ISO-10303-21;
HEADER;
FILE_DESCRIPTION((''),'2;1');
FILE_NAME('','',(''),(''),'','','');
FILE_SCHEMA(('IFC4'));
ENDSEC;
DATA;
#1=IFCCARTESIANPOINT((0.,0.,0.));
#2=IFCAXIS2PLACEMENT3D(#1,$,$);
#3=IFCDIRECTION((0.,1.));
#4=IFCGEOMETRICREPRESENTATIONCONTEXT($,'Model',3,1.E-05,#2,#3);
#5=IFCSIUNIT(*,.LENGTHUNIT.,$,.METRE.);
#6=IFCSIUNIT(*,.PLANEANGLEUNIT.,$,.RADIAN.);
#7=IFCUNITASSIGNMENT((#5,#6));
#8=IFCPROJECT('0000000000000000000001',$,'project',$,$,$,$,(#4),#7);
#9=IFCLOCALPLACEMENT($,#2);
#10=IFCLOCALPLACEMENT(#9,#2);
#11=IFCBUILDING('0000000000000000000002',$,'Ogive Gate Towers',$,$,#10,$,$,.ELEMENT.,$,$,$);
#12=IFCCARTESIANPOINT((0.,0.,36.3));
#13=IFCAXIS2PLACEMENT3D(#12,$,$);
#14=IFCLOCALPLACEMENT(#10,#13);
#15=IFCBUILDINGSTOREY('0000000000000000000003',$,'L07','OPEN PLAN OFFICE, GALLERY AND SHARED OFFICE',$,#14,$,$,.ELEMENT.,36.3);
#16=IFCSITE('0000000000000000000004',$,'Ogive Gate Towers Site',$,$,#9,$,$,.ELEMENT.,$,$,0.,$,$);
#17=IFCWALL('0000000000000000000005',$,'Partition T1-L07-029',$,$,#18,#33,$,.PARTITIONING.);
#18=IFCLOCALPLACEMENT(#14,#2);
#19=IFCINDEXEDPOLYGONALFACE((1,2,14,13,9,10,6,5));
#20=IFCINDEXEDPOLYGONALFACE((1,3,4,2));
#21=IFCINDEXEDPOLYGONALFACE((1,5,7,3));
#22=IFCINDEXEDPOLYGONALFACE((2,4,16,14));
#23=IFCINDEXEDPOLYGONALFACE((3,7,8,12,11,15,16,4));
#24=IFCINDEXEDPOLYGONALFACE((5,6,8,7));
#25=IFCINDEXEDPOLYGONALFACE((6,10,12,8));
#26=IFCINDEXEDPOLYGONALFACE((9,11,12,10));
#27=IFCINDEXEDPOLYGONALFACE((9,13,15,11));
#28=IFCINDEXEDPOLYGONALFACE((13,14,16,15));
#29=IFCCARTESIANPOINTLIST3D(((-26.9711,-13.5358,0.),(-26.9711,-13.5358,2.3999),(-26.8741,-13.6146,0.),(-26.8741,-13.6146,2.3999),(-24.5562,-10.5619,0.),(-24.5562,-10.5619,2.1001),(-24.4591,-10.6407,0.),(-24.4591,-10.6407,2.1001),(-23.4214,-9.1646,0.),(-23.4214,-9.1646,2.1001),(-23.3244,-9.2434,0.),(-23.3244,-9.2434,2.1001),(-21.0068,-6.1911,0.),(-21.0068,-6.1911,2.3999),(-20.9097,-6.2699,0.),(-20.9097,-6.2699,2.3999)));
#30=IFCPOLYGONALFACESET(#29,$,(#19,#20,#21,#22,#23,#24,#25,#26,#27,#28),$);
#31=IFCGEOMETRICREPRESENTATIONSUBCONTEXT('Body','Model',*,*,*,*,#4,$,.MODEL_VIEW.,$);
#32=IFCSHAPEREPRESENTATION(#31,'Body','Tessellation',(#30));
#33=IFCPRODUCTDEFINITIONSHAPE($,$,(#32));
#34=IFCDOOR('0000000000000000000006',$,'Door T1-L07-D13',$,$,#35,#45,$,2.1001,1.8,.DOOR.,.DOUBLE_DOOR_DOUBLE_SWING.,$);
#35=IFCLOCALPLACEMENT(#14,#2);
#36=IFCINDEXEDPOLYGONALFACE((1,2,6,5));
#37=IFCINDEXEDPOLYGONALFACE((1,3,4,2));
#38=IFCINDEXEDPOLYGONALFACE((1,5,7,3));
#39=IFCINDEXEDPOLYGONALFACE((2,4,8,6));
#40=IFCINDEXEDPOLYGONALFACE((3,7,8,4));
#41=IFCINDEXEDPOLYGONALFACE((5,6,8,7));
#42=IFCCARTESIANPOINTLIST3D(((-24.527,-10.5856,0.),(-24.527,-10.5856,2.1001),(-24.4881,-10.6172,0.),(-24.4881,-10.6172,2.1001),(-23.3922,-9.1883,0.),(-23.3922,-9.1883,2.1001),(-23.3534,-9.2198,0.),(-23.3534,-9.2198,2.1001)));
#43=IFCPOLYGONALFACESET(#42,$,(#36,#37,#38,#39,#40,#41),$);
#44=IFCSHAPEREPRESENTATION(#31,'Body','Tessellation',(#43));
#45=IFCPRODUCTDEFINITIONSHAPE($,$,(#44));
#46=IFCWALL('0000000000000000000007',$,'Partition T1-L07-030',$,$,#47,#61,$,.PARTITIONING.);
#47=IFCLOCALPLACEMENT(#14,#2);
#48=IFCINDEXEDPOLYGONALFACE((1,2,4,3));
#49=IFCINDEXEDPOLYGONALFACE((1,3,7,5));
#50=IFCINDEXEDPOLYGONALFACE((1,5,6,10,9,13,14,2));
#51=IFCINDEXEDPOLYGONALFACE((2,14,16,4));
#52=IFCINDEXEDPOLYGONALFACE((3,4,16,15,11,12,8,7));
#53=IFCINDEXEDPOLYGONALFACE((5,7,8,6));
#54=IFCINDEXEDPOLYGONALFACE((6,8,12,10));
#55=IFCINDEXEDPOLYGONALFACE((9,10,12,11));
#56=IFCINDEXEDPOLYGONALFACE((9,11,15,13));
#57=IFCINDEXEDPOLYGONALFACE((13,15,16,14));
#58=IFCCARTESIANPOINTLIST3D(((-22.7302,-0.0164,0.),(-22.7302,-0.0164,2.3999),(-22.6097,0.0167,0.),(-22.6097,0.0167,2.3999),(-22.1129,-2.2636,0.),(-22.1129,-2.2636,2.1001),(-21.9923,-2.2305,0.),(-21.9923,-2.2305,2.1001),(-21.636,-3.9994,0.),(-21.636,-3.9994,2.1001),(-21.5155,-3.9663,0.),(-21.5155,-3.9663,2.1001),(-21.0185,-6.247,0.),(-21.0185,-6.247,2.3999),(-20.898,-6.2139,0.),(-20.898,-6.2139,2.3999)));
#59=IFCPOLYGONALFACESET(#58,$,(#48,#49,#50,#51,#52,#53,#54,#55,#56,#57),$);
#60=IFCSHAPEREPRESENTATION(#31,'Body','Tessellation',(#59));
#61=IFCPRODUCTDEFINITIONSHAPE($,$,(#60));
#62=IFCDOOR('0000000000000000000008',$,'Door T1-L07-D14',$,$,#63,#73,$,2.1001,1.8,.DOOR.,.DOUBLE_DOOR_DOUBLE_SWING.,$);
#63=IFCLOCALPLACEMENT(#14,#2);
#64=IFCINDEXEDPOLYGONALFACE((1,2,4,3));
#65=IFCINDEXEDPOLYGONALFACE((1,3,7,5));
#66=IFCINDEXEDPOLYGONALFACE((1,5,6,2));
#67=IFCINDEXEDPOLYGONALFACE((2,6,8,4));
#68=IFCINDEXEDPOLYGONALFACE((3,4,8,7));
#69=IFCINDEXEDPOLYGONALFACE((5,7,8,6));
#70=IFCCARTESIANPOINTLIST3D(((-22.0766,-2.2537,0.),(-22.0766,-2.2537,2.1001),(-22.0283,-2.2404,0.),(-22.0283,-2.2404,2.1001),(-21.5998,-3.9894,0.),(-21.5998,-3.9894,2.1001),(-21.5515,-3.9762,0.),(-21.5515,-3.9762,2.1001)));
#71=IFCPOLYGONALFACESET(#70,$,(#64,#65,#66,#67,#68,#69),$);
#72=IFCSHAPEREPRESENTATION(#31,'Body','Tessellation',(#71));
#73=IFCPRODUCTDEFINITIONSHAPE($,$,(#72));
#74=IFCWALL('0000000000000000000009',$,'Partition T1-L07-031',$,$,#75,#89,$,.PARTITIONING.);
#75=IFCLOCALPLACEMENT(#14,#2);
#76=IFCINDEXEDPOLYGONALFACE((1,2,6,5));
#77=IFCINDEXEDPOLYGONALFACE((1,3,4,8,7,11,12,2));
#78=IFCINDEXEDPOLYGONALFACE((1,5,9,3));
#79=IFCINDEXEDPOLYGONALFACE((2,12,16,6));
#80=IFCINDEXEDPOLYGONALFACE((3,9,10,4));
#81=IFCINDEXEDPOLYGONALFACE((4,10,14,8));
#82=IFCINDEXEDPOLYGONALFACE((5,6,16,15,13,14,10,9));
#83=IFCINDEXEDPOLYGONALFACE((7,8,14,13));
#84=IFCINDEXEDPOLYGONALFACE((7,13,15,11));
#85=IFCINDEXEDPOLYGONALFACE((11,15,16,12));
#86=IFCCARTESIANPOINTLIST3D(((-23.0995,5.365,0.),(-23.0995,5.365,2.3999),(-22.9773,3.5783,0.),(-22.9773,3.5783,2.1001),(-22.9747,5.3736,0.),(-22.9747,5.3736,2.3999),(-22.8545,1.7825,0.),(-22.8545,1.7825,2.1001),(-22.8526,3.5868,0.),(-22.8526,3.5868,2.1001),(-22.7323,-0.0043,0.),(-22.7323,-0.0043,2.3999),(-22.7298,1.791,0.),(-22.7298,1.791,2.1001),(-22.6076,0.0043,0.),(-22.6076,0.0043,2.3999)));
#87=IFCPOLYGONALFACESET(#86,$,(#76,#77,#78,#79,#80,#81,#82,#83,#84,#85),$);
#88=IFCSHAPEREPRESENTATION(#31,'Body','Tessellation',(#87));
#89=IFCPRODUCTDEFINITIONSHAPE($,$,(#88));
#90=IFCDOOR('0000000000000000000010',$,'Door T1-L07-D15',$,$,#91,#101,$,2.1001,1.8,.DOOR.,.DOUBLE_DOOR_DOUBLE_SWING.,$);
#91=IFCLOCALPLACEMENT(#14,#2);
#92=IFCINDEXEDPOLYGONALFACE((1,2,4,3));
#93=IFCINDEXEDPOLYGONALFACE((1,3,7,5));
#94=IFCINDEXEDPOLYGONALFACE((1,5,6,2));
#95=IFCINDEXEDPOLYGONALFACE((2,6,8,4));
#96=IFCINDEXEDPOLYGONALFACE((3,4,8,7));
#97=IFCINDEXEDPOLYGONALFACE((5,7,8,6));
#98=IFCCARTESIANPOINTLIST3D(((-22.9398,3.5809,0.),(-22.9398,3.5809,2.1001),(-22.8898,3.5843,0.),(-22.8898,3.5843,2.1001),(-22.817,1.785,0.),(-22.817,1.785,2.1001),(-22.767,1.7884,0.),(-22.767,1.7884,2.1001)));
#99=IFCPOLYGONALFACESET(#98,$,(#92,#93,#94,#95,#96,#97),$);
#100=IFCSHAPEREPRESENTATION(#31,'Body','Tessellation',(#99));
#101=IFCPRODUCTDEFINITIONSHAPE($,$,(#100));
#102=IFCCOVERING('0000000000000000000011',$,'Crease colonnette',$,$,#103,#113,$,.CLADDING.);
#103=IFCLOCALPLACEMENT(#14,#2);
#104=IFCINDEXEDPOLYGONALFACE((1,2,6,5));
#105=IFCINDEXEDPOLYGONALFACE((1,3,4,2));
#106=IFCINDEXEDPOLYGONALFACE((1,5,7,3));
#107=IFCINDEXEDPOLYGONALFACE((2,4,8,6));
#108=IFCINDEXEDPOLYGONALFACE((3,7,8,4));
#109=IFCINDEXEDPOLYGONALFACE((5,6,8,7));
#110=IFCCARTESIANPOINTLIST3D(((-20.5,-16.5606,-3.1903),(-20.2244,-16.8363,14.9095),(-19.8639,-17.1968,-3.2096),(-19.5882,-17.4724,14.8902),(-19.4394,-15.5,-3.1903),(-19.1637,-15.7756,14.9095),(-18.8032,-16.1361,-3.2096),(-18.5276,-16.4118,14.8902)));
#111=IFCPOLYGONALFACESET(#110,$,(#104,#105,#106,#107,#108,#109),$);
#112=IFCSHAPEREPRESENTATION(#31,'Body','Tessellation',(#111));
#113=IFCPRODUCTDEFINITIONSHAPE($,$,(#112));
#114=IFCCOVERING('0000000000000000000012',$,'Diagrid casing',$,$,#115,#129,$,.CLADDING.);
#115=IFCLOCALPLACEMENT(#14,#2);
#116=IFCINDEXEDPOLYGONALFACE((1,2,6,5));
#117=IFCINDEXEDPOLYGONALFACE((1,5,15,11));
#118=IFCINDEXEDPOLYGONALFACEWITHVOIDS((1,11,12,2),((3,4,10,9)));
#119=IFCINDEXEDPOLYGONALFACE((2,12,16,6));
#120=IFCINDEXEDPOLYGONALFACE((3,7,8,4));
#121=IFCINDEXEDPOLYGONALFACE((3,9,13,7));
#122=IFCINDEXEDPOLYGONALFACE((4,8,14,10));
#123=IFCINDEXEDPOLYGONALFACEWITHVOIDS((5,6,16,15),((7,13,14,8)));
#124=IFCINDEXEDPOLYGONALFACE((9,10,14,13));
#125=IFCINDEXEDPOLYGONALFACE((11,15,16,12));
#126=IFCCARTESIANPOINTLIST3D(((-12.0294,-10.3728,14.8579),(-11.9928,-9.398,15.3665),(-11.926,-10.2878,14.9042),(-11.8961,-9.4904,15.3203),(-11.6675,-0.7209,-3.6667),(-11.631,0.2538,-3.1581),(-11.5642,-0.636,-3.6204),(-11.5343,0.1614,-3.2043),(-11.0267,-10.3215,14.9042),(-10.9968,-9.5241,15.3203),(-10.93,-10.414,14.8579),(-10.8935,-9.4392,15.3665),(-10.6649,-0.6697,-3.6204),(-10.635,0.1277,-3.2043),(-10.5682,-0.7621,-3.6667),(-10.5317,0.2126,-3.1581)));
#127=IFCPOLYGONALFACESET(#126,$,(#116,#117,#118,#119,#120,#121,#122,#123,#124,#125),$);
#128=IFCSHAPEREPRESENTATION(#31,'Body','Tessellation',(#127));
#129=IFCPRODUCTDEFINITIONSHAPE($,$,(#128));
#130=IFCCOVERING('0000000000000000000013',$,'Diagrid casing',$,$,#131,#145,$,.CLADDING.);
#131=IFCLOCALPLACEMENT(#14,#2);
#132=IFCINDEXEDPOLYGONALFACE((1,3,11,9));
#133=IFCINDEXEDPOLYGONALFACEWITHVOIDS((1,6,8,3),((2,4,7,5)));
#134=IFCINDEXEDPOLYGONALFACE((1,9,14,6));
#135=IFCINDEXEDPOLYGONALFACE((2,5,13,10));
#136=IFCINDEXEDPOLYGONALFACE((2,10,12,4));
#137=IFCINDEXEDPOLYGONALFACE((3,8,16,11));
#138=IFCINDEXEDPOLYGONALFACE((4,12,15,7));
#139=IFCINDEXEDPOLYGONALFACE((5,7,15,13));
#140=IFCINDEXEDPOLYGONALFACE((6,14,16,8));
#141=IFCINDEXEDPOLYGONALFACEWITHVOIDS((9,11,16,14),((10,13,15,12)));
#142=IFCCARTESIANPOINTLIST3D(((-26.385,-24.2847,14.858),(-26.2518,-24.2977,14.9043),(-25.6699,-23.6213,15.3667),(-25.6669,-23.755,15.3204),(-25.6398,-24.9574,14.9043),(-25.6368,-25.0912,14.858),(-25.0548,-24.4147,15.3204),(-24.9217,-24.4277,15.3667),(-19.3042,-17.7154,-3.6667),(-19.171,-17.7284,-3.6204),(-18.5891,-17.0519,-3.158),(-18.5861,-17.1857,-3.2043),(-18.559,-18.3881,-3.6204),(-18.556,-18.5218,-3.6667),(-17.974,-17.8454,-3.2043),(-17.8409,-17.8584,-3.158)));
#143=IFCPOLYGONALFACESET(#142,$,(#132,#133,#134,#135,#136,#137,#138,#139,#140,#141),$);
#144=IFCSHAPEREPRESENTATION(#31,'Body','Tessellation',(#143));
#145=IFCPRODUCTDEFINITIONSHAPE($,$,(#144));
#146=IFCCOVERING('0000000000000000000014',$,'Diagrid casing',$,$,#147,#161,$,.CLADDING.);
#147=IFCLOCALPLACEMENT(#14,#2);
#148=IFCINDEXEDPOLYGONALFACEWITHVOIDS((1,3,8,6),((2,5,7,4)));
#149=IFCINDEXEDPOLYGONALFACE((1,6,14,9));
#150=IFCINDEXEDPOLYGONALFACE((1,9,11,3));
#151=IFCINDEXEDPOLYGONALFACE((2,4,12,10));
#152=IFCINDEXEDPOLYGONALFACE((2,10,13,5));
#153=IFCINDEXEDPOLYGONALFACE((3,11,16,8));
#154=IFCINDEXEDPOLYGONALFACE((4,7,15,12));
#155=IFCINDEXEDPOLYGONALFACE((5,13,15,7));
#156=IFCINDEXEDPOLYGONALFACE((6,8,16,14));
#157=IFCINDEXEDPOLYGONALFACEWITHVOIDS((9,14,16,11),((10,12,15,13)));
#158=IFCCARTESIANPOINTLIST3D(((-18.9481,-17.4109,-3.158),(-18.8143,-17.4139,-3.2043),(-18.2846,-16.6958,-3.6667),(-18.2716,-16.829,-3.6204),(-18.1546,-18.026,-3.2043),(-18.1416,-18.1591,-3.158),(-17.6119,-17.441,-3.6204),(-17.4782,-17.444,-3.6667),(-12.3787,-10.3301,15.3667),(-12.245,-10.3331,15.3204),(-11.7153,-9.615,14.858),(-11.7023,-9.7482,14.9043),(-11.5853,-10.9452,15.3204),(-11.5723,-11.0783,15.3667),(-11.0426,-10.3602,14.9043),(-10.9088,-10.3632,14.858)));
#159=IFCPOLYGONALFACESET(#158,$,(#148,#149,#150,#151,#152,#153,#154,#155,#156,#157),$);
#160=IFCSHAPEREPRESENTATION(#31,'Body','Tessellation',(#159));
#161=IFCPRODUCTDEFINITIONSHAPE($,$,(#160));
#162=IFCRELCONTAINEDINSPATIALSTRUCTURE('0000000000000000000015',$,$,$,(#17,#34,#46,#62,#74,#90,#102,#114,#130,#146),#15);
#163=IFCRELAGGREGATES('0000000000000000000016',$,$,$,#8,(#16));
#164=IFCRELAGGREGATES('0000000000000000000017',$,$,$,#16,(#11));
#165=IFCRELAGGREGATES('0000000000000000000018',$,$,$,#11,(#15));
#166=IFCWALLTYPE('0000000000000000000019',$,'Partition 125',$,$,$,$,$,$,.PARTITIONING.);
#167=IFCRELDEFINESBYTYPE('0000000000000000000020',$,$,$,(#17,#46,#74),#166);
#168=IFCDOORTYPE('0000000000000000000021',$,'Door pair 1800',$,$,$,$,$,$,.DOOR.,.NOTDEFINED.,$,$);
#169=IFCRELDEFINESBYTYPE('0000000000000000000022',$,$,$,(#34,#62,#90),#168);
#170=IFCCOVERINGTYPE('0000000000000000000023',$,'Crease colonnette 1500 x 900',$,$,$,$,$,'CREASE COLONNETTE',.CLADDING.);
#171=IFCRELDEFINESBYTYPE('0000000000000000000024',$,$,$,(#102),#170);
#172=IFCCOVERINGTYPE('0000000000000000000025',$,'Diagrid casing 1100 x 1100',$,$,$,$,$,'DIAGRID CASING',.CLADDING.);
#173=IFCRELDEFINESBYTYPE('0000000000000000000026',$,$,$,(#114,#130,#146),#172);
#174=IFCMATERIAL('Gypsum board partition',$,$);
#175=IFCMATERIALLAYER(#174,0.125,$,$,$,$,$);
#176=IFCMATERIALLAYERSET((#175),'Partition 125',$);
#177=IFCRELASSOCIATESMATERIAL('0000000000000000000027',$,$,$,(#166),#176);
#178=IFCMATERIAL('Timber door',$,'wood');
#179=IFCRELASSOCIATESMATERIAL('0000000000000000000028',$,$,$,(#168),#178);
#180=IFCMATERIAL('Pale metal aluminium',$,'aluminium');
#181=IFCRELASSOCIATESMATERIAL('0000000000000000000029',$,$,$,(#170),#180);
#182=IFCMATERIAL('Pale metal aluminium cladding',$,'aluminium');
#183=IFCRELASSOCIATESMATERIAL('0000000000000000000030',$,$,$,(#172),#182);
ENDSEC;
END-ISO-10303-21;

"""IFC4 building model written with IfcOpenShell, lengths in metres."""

from ifc_helpers import new_model, si_unit, direction, frame, frame_2d, origin, origin_2d, place, context, subcontext, project, spatial, rectangle, hollow_rectangle, extrude, material, layer, layer_set, material_profile, profile_set, type_object, element, fill, save


model = new_model("IFC4")

# Units and contexts
model_context = context("Model", 3, precision=1e-05, world=origin(), true_north=direction((0.0, 1.0)))
body_context = subcontext(model_context, "Body", "Model", "MODEL_VIEW")
ifc_project = project(units=[si_unit("LENGTHUNIT", "METRE"), si_unit("PLANEANGLEUNIT", "RADIAN")], contexts=[model_context])

# Site, building, storey
site_placement = place(None, origin())
site = spatial("IfcSite", under=ifc_project, at=site_placement, Name="Ogive Gate Towers Site", CompositionType="ELEMENT", RefElevation=0.0)
building_placement = place(site_placement, origin())
building = spatial("IfcBuilding", under=site, at=building_placement, Name="Ogive Gate Towers", CompositionType="ELEMENT")
storey_placement = place(building_placement, frame((0.0, 0.0, 36.3)))
storey = spatial("IfcBuildingStorey", under=building, at=storey_placement, Name="L07", Description="OPEN PLAN OFFICE, GALLERY AND SHARED OFFICE", CompositionType="ELEMENT", Elevation=36.3)

# Shared definitions
ifc_material_1 = material(Name="Gypsum board partition")
ifc_layer_1 = layer(ifc_material_1, 0.125)
ifc_layer_set_1 = layer_set([ifc_layer_1], Name="Partition 125")
wall_type_1 = type_object("IfcWallType", Name="Partition 125", PredefinedType="PARTITIONING", material=ifc_layer_set_1)

# Walls, openings, doors
wall_1_placement = place(storey_placement, frame((-26.9226, -13.5752, 0.0), z_axis=(0.0, 0.0, 1.0), x_axis=(0.630387, 0.776281, 0.0)))
wall_1 = element("IfcWall", 1, at=wall_1_placement, inside=storey, type_object=wall_type_1, Name="Partition T1-L07-029", PredefinedType="PARTITIONING", context=body_context, shape_type="SweptSolid", body=[
    extrude(rectangle(XDim=9.4614, YDim=0.125, at=frame_2d((4.7307, 0.0))), origin(), (0.0, 0.0, 1.0), 2.3999),
])
opening_1_placement = place(wall_1_placement, frame((3.8311, 0.0, 0.0)))
opening_1 = element("IfcOpeningElement", 2, at=opening_1_placement, cuts=wall_1, PredefinedType="OPENING", context=body_context, shape_type="SweptSolid", body=[
    extrude(rectangle(XDim=1.8, YDim=2.1001, at=frame_2d((0.8999, 1.05))), frame((0.0, 0.0725, 0.0), z_axis=(0.0, -1.0, 0.0), x_axis=(1.0, 0.0, 0.0)), (0.0, 0.0, 1.0), 0.145),
])
ifc_material_2 = material(Name="Timber door", Category="wood")
door_type_1 = type_object("IfcDoorType", Name="Door pair 1800", OperationType="NOTDEFINED", PredefinedType="DOOR", material=ifc_material_2)
door_1_placement = place(opening_1_placement, origin())
door_1 = element("IfcDoor", 3, at=door_1_placement, inside=storey, type_object=door_type_1, Name="Door T1-L07-D13", OperationType="DOUBLE_DOOR_DOUBLE_SWING", OverallHeight=2.1001, OverallWidth=1.8, PredefinedType="DOOR", context=body_context, shape_type="SweptSolid", body=[
    extrude(rectangle(XDim=1.8, YDim=2.1001, at=frame_2d((0.8999, 1.05))), frame((0.0, 0.0249, 0.0), z_axis=(0.0, -1.0, 0.0), x_axis=(1.0, 0.0, 0.0)), (0.0, 0.0, 1.0), 0.05),
])
fill(opening_1, door_1)
wall_2_placement = place(storey_placement, frame((-20.9583, -6.2305, 0.0), z_axis=(0.0, 0.0, 1.0), x_axis=(-0.264911, 0.964273, 0.0)))
wall_2 = element("IfcWall", 4, at=wall_2_placement, inside=storey, type_object=wall_type_1, Name="Partition T1-L07-030", PredefinedType="PARTITIONING", context=body_context, shape_type="SweptSolid", body=[
    extrude(rectangle(XDim=6.4614, YDim=0.125, at=frame_2d((3.2307, 0.0))), origin(), (0.0, 0.0, 1.0), 2.3999),
])
opening_2_placement = place(wall_2_placement, frame((2.3311, 0.0, 0.0)))
opening_2 = element("IfcOpeningElement", 5, at=opening_2_placement, cuts=wall_2, PredefinedType="OPENING", context=body_context, shape_type="SweptSolid", body=[
    extrude(rectangle(XDim=1.8, YDim=2.1001, at=frame_2d((0.8999, 1.05))), frame((0.0, 0.0725, 0.0), z_axis=(0.0, -1.0, 0.0), x_axis=(1.0, 0.0, 0.0)), (0.0, 0.0, 1.0), 0.145),
])
door_2_placement = place(opening_2_placement, origin())
door_2 = element("IfcDoor", 6, at=door_2_placement, inside=storey, type_object=door_type_1, Name="Door T1-L07-D14", OperationType="DOUBLE_DOOR_DOUBLE_SWING", OverallHeight=2.1001, OverallWidth=1.8, PredefinedType="DOOR", context=body_context, shape_type="SweptSolid", body=[
    extrude(rectangle(XDim=1.8, YDim=2.1001, at=frame_2d((0.8999, 1.05))), frame((0.0, 0.0249, 0.0), z_axis=(0.0, -1.0, 0.0), x_axis=(1.0, 0.0, 0.0)), (0.0, 0.0, 1.0), 0.05),
])
fill(opening_2, door_2)
wall_3_placement = place(storey_placement, frame((-22.6699, 0.0, 0.0), z_axis=(0.0, 0.0, 1.0), x_axis=(-0.068226, 0.99767, 0.0)))
wall_3 = element("IfcWall", 7, at=wall_3_placement, inside=storey, type_object=wall_type_1, Name="Partition T1-L07-031", PredefinedType="PARTITIONING", context=body_context, shape_type="SweptSolid", body=[
    extrude(rectangle(XDim=5.3818, YDim=0.125, at=frame_2d((2.6909, 0.0))), origin(), (0.0, 0.0, 1.0), 2.3999),
])
opening_3_placement = place(wall_3_placement, frame((1.791, 0.0, 0.0)))
opening_3 = element("IfcOpeningElement", 8, at=opening_3_placement, cuts=wall_3, PredefinedType="OPENING", context=body_context, shape_type="SweptSolid", body=[
    extrude(rectangle(XDim=1.8, YDim=2.1001, at=frame_2d((0.8999, 1.05))), frame((0.0, 0.0725, 0.0), z_axis=(0.0, -1.0, 0.0), x_axis=(1.0, 0.0, 0.0)), (0.0, 0.0, 1.0), 0.145),
])
door_3_placement = place(opening_3_placement, origin())
door_3 = element("IfcDoor", 9, at=door_3_placement, inside=storey, type_object=door_type_1, Name="Door T1-L07-D15", OperationType="DOUBLE_DOOR_DOUBLE_SWING", OverallHeight=2.1001, OverallWidth=1.8, PredefinedType="DOOR", context=body_context, shape_type="SweptSolid", body=[
    extrude(rectangle(XDim=1.8, YDim=2.1001, at=frame_2d((0.8999, 1.05))), frame((0.0, 0.0249, 0.0), z_axis=(0.0, -1.0, 0.0), x_axis=(1.0, 0.0, 0.0)), (0.0, 0.0, 1.0), 0.05),
])
fill(opening_3, door_3)

# Coverings
ifc_material_3 = material(Name="Pale metal aluminium", Category="aluminium")
ifc_material_profile_1 = material_profile(ifc_material_3, rectangle(XDim=1.5, YDim=0.8999, at=origin_2d()), Name="1500 x 900 pale metal aluminium")
ifc_profile_set_1 = profile_set([ifc_material_profile_1], Name="Pale metal aluminium")
covering_type_1 = type_object("IfcCoveringType", Name="Crease colonnette 1500 x 900", ElementType="CREASE COLONNETTE", PredefinedType="CLADDING", material=ifc_profile_set_1)
covering_1_placement = place(storey_placement, frame((-19.6516, -16.3484, -3.2), z_axis=(0.015225, -0.015225, 0.999768), x_axis=(0.707107, 0.707107, 0.0)))
element("IfcCovering", 10, at=covering_1_placement, inside=storey, type_object=covering_type_1, Name="Crease colonnette", PredefinedType="CLADDING", context=body_context, shape_type="SweptSolid", body=[
    extrude(rectangle(XDim=1.5, YDim=0.8999, at=origin_2d()), origin(), (0.0, 0.0, 1.0), 18.104),
])
ifc_material_4 = material(Name="Pale metal aluminium cladding", Category="aluminium")
ifc_material_profile_2 = material_profile(ifc_material_4, hollow_rectangle(XDim=1.1001, YDim=1.1001, WallThickness=0.1001, at=origin_2d()), Name="1100 x 1100 pale metal casing")
ifc_profile_set_2 = profile_set([ifc_material_profile_2], Name="Pale metal aluminium cladding")
covering_type_2 = type_object("IfcCoveringType", Name="Diagrid casing 1100 x 1100", ElementType="DIAGRID CASING", PredefinedType="CLADDING", material=ifc_profile_set_2)
covering_2_placement = place(storey_placement, frame((-11.0996, -0.2542, -3.4124), z_axis=(-0.017319, -0.462001, 0.886711), x_axis=(0.999298, -0.03746, 0.0)))
element("IfcCovering", 11, at=covering_2_placement, inside=storey, type_object=covering_type_2, Name="Diagrid casing", PredefinedType="CLADDING", context=body_context, shape_type="SweptSolid", body=[
    extrude(hollow_rectangle(XDim=1.1001, YDim=1.1001, WallThickness=0.1001, at=origin_2d()), origin(), (0.0, 0.0, 1.0), 20.8914),
])
for number, where, z_axis, x_axis, name in (
    (12, (-18.5725, -17.7869, -3.4124), (-0.338932, -0.314449, 0.886706), (0.680134, -0.733088, 0.0), "Diagrid casing"),
    (13, (-18.2131, -17.4275, -3.4124), (0.314449, 0.338932, 0.886706), (-0.733088, 0.680134, 0.0), "Diagrid casing"),
):
    element("IfcCovering", number, at=place(storey_placement, frame(where, z_axis=z_axis, x_axis=x_axis)), inside=storey, type_object=covering_type_2, Name=name, PredefinedType="CLADDING", context=body_context, shape_type="SweptSolid", body=[
        extrude(hollow_rectangle(XDim=1.1001, YDim=1.1001, WallThickness=0.1001, at=origin_2d()), origin(), (0.0, 0.0, 1.0), 20.8916),
    ])

save(model, "model.ifc")
